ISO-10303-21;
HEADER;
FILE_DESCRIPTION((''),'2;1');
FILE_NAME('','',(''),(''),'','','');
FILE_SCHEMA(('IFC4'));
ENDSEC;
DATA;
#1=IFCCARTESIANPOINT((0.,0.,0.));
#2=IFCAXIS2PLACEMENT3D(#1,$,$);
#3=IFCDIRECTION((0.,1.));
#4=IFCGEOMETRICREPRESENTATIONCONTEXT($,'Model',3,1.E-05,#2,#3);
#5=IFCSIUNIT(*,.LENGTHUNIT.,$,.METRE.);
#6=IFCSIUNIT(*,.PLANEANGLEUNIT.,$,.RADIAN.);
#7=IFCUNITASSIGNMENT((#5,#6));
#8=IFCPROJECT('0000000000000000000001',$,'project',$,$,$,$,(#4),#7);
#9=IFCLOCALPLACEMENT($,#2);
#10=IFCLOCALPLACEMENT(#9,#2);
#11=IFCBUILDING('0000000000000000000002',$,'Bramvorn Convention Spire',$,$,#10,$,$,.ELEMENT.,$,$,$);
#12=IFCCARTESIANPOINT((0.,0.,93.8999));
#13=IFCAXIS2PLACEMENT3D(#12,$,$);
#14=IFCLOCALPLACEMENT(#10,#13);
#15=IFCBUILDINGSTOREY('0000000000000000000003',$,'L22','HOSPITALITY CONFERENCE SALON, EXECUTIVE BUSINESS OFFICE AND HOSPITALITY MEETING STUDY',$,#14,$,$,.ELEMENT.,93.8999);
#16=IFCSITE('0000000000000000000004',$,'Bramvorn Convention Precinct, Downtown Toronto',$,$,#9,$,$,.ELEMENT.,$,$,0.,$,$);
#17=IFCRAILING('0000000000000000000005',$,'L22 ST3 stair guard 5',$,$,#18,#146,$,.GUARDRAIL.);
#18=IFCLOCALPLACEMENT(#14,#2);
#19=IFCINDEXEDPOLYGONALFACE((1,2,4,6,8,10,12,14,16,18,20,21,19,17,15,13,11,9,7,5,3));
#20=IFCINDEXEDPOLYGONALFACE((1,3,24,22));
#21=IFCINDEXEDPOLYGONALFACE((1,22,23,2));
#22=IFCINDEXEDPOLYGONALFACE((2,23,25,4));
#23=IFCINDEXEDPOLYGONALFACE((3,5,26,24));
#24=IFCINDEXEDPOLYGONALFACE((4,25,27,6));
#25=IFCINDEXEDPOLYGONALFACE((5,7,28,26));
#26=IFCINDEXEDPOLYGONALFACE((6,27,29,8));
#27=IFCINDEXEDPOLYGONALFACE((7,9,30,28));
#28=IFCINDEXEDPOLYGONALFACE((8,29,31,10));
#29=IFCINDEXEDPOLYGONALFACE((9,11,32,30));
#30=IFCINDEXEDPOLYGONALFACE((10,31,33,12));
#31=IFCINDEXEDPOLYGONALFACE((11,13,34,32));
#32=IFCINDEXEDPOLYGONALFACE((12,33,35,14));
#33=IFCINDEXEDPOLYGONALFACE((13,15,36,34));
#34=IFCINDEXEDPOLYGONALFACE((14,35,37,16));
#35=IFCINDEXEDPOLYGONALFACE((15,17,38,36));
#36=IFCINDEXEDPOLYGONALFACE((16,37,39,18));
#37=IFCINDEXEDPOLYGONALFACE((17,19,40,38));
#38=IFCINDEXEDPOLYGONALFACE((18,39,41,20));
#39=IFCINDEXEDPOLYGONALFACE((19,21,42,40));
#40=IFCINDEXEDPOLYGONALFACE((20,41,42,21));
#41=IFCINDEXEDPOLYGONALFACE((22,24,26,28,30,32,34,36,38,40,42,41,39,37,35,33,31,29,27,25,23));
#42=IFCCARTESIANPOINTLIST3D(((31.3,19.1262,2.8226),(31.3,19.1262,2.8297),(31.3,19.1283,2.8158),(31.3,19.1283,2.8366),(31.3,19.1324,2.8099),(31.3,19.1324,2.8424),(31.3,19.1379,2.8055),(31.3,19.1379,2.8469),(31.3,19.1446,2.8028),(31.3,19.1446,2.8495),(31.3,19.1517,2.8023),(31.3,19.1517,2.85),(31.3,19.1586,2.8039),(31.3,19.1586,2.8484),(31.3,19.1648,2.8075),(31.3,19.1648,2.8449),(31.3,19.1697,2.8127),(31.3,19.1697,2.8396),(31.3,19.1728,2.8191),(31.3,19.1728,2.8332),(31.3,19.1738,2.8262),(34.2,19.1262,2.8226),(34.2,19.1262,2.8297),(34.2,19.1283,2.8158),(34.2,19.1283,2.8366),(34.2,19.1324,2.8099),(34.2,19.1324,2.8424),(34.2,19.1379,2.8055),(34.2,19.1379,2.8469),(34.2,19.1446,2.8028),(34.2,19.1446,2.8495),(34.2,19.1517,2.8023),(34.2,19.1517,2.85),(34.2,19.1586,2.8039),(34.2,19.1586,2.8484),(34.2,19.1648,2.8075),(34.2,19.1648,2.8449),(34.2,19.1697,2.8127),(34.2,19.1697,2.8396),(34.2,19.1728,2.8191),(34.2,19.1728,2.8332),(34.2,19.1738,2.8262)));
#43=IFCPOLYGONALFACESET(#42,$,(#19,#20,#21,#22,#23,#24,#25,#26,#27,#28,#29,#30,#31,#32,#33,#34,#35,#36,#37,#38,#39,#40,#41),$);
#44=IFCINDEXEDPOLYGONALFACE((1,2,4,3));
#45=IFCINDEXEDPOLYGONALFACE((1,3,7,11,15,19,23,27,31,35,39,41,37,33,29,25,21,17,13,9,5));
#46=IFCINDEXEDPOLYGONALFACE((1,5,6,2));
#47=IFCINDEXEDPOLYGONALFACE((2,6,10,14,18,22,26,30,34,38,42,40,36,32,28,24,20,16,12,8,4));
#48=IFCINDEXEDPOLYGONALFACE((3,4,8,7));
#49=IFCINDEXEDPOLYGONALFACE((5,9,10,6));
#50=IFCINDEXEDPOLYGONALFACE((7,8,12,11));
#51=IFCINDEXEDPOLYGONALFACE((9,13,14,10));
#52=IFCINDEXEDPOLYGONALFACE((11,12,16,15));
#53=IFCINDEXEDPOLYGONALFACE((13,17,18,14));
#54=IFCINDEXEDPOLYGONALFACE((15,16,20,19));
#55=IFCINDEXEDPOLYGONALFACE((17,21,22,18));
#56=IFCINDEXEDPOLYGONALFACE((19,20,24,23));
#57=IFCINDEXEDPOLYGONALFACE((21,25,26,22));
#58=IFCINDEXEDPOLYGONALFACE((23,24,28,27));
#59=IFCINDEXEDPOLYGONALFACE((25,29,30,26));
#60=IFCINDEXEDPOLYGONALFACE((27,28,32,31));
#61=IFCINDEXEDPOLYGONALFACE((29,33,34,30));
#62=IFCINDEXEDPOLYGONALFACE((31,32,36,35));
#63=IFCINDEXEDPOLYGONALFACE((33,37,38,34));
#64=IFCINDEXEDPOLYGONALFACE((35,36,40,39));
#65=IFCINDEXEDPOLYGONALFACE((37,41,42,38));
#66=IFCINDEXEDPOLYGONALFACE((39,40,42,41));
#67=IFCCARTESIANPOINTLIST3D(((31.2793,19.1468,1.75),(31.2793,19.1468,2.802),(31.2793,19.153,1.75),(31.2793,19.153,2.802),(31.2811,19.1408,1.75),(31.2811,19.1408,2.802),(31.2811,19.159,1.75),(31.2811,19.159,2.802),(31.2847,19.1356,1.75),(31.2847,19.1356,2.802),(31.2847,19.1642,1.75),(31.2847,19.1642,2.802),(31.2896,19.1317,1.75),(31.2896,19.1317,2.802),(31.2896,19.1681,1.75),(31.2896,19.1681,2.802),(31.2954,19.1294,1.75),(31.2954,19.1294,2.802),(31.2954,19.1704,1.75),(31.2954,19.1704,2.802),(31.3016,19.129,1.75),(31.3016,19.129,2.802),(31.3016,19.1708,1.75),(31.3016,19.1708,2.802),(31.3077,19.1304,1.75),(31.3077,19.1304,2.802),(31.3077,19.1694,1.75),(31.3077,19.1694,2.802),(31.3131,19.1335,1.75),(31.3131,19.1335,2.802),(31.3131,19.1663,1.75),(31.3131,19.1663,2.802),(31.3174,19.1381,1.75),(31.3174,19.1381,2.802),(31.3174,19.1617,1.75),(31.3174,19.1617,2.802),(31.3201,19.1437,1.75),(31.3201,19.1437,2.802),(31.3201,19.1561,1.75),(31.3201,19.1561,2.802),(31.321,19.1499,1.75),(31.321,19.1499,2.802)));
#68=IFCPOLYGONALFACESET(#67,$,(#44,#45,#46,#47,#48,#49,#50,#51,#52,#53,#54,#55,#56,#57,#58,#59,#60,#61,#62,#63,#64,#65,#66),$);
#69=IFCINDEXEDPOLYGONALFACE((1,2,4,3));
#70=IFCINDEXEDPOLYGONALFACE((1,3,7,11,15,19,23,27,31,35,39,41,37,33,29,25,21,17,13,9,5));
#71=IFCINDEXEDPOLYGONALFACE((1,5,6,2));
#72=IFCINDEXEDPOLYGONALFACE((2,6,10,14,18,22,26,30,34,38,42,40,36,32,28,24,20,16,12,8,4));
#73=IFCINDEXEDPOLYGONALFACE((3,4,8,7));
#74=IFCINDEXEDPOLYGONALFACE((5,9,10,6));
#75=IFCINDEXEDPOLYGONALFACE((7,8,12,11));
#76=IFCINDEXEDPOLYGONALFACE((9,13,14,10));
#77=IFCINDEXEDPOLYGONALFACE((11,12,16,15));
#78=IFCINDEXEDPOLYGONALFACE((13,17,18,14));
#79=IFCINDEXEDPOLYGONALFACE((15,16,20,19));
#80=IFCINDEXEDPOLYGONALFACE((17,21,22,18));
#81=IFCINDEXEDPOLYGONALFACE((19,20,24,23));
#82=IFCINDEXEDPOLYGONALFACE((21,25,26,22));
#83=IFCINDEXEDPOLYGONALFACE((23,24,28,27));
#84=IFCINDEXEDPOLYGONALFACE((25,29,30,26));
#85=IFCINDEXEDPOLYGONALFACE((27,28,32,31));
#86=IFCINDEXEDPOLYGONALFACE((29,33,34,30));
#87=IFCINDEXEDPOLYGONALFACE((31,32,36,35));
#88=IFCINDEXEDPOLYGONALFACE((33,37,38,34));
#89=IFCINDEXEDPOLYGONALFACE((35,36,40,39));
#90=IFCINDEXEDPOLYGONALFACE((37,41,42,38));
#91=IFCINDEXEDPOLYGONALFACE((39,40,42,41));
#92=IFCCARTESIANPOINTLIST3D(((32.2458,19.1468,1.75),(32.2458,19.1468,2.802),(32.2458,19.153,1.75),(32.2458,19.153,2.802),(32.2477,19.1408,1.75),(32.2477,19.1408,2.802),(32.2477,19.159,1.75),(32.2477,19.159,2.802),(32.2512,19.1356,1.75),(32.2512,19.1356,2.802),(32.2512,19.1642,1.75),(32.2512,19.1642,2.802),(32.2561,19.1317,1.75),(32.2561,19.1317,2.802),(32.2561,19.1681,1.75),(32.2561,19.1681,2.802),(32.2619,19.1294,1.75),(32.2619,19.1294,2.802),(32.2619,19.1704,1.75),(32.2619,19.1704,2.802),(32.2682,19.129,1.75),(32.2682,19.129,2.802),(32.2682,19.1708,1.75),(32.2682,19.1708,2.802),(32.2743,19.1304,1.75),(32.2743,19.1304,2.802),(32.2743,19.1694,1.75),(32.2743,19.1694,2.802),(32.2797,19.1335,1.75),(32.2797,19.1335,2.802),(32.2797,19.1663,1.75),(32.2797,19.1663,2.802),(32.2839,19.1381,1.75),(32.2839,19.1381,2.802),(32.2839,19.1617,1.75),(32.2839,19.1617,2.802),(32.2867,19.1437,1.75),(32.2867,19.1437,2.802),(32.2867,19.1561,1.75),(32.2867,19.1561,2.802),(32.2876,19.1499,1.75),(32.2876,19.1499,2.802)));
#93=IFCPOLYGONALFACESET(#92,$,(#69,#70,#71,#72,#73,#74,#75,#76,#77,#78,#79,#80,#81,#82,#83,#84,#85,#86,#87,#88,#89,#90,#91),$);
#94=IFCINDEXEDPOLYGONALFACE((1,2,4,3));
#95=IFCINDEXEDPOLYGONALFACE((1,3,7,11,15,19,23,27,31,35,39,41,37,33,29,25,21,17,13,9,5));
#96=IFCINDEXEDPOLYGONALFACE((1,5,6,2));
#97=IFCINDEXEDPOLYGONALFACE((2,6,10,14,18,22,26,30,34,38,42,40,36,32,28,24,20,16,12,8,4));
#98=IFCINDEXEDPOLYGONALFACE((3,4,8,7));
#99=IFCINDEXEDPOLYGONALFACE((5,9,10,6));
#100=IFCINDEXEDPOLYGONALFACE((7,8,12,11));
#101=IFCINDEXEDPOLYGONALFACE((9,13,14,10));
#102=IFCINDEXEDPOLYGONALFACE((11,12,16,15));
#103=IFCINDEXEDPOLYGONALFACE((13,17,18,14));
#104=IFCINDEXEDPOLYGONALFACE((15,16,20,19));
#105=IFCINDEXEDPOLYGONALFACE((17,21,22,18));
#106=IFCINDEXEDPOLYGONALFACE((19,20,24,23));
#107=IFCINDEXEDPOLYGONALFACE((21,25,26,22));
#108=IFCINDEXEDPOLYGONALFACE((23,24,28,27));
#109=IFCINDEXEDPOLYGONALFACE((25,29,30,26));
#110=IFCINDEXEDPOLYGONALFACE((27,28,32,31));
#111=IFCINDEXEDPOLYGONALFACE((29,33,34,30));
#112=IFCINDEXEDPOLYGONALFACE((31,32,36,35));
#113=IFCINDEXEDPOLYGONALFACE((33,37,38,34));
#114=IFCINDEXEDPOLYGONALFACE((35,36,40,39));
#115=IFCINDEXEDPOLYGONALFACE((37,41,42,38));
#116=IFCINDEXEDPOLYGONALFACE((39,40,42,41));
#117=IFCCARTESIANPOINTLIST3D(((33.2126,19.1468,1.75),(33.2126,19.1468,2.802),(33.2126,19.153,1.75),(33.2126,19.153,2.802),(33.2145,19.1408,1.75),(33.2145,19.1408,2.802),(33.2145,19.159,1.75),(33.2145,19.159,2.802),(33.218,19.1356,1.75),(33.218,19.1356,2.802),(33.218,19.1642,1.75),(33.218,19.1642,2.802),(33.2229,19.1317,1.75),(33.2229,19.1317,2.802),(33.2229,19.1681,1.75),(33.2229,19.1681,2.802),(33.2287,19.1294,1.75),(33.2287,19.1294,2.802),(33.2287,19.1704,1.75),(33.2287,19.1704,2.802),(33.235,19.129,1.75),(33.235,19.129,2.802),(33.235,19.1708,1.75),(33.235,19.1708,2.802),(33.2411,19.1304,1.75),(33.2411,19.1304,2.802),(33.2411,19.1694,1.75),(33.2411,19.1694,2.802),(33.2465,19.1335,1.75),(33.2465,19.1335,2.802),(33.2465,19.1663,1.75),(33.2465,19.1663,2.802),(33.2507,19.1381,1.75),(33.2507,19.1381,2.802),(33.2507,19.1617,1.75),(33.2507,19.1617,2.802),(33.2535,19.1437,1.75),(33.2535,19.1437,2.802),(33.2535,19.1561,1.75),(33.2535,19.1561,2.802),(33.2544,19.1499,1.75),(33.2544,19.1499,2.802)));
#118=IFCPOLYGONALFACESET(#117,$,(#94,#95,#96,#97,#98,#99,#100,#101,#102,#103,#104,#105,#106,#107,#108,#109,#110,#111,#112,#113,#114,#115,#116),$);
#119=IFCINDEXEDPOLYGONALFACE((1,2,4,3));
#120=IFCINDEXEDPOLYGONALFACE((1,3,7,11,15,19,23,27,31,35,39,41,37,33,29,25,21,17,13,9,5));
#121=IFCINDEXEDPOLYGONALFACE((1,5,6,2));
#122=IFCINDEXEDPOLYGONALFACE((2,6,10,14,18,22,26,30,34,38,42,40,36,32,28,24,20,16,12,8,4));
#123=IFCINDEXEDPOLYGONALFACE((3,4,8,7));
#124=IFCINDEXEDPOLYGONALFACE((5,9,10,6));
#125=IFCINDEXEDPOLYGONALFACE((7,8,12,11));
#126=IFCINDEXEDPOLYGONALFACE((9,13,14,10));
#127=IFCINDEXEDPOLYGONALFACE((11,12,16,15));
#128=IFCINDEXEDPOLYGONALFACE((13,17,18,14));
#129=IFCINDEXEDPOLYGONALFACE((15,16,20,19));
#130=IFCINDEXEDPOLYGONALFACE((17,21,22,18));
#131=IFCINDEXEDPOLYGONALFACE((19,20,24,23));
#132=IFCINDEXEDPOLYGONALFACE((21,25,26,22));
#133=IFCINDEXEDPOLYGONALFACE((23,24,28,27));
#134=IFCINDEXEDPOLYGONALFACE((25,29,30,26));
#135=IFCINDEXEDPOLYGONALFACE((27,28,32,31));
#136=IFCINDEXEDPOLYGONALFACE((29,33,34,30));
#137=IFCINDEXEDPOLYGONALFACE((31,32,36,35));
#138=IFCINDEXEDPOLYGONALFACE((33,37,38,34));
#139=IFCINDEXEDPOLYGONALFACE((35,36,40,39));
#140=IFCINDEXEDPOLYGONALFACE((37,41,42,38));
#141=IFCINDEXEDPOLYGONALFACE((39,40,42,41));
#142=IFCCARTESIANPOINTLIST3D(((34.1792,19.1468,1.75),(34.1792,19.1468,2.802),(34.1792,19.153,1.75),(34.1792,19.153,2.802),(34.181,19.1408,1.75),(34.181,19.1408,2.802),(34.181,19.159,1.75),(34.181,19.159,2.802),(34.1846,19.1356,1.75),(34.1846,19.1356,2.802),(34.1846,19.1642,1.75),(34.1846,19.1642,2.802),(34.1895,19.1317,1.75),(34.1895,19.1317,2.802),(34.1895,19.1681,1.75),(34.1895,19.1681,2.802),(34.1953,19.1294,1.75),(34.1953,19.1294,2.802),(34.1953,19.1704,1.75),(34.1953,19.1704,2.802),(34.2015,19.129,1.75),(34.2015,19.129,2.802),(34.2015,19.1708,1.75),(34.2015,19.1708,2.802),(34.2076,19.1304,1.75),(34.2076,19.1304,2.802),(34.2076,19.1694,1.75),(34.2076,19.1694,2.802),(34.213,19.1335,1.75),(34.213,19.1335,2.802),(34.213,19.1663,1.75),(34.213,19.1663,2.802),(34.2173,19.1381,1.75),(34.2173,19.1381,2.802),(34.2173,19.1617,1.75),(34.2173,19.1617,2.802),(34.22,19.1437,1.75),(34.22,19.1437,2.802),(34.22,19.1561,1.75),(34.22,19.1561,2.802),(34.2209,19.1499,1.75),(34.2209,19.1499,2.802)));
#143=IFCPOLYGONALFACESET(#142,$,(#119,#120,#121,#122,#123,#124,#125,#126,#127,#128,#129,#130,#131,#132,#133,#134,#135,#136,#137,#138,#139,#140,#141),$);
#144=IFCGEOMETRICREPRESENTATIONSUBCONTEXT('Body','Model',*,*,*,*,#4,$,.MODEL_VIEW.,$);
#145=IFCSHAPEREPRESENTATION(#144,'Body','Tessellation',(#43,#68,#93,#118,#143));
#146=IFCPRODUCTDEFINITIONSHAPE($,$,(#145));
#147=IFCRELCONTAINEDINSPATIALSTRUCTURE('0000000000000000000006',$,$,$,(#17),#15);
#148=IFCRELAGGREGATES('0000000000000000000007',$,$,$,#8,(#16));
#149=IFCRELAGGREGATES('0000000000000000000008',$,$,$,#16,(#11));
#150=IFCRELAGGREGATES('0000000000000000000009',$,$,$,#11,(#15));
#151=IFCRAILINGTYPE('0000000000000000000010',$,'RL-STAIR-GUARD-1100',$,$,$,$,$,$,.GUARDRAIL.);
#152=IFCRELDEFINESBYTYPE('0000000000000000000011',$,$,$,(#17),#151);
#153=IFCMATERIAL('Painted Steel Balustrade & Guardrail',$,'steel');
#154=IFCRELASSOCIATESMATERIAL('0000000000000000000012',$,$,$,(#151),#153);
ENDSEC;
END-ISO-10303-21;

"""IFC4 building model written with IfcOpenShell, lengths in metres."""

from ifc_helpers import new_model, si_unit, direction, frame, origin, origin_2d, place, context, subcontext, project, spatial, circle, extrude, material, type_object, element, save


model = new_model("IFC4")

# Units and contexts
model_context = context("Model", 3, precision=1e-05, world=origin(), true_north=direction((0.0, 1.0)))
body_context = subcontext(model_context, "Body", "Model", "MODEL_VIEW")
ifc_project = project(units=[si_unit("LENGTHUNIT", "METRE"), si_unit("PLANEANGLEUNIT", "RADIAN")], contexts=[model_context])

# Site, building, storey
site_placement = place(None, origin())
site = spatial("IfcSite", under=ifc_project, at=site_placement, Name="Bramvorn Convention Precinct, Downtown Toronto", CompositionType="ELEMENT", RefElevation=0.0)
building_placement = place(site_placement, origin())
building = spatial("IfcBuilding", under=site, at=building_placement, Name="Bramvorn Convention Spire", CompositionType="ELEMENT")
storey_placement = place(building_placement, frame((0.0, 0.0, 93.8999)))
storey = spatial("IfcBuildingStorey", under=building, at=storey_placement, Name="L22", Description="HOSPITALITY CONFERENCE SALON, EXECUTIVE BUSINESS OFFICE AND HOSPITALITY MEETING STUDY", CompositionType="ELEMENT", Elevation=93.8999)

# Railing
ifc_material_1 = material(Name="Painted Steel Balustrade & Guardrail", Category="steel")
railing_type_1 = type_object("IfcRailingType", Name="RL-STAIR-GUARD-1100", PredefinedType="GUARDRAIL", material=ifc_material_1)
railing_1_placement = place(storey_placement, frame((31.3, 19.1499, 1.75)))
element("IfcRailing", 1, at=railing_1_placement, inside=storey, type_object=railing_type_1, Name="L22 ST3 stair guard 5", PredefinedType="GUARDRAIL", context=body_context, shape_type="SweptSolid", body=[
    extrude(circle(Radius=0.0239, at=origin_2d()), frame((0.0, 0.0, 1.0762), z_axis=(1.0, 0.0, 0.0), x_axis=(0.0, 1.0, 0.0)), (0.0, 0.0, 1.0), 2.8999),
    extrude(circle(Radius=0.021, at=origin_2d()), origin(), (0.0, 0.0, 1.0), 1.052),
    extrude(circle(Radius=0.021, at=origin_2d()), frame((0.9666, 0.0, 0.0)), (0.0, 0.0, 1.0), 1.052),
    extrude(circle(Radius=0.021, at=origin_2d()), frame((1.9333, 0.0, 0.0)), (0.0, 0.0, 1.0), 1.052),
    extrude(circle(Radius=0.021, at=origin_2d()), frame((2.8999, 0.0, 0.0)), (0.0, 0.0, 1.0), 1.052),
])

save(model, "model.ifc")
